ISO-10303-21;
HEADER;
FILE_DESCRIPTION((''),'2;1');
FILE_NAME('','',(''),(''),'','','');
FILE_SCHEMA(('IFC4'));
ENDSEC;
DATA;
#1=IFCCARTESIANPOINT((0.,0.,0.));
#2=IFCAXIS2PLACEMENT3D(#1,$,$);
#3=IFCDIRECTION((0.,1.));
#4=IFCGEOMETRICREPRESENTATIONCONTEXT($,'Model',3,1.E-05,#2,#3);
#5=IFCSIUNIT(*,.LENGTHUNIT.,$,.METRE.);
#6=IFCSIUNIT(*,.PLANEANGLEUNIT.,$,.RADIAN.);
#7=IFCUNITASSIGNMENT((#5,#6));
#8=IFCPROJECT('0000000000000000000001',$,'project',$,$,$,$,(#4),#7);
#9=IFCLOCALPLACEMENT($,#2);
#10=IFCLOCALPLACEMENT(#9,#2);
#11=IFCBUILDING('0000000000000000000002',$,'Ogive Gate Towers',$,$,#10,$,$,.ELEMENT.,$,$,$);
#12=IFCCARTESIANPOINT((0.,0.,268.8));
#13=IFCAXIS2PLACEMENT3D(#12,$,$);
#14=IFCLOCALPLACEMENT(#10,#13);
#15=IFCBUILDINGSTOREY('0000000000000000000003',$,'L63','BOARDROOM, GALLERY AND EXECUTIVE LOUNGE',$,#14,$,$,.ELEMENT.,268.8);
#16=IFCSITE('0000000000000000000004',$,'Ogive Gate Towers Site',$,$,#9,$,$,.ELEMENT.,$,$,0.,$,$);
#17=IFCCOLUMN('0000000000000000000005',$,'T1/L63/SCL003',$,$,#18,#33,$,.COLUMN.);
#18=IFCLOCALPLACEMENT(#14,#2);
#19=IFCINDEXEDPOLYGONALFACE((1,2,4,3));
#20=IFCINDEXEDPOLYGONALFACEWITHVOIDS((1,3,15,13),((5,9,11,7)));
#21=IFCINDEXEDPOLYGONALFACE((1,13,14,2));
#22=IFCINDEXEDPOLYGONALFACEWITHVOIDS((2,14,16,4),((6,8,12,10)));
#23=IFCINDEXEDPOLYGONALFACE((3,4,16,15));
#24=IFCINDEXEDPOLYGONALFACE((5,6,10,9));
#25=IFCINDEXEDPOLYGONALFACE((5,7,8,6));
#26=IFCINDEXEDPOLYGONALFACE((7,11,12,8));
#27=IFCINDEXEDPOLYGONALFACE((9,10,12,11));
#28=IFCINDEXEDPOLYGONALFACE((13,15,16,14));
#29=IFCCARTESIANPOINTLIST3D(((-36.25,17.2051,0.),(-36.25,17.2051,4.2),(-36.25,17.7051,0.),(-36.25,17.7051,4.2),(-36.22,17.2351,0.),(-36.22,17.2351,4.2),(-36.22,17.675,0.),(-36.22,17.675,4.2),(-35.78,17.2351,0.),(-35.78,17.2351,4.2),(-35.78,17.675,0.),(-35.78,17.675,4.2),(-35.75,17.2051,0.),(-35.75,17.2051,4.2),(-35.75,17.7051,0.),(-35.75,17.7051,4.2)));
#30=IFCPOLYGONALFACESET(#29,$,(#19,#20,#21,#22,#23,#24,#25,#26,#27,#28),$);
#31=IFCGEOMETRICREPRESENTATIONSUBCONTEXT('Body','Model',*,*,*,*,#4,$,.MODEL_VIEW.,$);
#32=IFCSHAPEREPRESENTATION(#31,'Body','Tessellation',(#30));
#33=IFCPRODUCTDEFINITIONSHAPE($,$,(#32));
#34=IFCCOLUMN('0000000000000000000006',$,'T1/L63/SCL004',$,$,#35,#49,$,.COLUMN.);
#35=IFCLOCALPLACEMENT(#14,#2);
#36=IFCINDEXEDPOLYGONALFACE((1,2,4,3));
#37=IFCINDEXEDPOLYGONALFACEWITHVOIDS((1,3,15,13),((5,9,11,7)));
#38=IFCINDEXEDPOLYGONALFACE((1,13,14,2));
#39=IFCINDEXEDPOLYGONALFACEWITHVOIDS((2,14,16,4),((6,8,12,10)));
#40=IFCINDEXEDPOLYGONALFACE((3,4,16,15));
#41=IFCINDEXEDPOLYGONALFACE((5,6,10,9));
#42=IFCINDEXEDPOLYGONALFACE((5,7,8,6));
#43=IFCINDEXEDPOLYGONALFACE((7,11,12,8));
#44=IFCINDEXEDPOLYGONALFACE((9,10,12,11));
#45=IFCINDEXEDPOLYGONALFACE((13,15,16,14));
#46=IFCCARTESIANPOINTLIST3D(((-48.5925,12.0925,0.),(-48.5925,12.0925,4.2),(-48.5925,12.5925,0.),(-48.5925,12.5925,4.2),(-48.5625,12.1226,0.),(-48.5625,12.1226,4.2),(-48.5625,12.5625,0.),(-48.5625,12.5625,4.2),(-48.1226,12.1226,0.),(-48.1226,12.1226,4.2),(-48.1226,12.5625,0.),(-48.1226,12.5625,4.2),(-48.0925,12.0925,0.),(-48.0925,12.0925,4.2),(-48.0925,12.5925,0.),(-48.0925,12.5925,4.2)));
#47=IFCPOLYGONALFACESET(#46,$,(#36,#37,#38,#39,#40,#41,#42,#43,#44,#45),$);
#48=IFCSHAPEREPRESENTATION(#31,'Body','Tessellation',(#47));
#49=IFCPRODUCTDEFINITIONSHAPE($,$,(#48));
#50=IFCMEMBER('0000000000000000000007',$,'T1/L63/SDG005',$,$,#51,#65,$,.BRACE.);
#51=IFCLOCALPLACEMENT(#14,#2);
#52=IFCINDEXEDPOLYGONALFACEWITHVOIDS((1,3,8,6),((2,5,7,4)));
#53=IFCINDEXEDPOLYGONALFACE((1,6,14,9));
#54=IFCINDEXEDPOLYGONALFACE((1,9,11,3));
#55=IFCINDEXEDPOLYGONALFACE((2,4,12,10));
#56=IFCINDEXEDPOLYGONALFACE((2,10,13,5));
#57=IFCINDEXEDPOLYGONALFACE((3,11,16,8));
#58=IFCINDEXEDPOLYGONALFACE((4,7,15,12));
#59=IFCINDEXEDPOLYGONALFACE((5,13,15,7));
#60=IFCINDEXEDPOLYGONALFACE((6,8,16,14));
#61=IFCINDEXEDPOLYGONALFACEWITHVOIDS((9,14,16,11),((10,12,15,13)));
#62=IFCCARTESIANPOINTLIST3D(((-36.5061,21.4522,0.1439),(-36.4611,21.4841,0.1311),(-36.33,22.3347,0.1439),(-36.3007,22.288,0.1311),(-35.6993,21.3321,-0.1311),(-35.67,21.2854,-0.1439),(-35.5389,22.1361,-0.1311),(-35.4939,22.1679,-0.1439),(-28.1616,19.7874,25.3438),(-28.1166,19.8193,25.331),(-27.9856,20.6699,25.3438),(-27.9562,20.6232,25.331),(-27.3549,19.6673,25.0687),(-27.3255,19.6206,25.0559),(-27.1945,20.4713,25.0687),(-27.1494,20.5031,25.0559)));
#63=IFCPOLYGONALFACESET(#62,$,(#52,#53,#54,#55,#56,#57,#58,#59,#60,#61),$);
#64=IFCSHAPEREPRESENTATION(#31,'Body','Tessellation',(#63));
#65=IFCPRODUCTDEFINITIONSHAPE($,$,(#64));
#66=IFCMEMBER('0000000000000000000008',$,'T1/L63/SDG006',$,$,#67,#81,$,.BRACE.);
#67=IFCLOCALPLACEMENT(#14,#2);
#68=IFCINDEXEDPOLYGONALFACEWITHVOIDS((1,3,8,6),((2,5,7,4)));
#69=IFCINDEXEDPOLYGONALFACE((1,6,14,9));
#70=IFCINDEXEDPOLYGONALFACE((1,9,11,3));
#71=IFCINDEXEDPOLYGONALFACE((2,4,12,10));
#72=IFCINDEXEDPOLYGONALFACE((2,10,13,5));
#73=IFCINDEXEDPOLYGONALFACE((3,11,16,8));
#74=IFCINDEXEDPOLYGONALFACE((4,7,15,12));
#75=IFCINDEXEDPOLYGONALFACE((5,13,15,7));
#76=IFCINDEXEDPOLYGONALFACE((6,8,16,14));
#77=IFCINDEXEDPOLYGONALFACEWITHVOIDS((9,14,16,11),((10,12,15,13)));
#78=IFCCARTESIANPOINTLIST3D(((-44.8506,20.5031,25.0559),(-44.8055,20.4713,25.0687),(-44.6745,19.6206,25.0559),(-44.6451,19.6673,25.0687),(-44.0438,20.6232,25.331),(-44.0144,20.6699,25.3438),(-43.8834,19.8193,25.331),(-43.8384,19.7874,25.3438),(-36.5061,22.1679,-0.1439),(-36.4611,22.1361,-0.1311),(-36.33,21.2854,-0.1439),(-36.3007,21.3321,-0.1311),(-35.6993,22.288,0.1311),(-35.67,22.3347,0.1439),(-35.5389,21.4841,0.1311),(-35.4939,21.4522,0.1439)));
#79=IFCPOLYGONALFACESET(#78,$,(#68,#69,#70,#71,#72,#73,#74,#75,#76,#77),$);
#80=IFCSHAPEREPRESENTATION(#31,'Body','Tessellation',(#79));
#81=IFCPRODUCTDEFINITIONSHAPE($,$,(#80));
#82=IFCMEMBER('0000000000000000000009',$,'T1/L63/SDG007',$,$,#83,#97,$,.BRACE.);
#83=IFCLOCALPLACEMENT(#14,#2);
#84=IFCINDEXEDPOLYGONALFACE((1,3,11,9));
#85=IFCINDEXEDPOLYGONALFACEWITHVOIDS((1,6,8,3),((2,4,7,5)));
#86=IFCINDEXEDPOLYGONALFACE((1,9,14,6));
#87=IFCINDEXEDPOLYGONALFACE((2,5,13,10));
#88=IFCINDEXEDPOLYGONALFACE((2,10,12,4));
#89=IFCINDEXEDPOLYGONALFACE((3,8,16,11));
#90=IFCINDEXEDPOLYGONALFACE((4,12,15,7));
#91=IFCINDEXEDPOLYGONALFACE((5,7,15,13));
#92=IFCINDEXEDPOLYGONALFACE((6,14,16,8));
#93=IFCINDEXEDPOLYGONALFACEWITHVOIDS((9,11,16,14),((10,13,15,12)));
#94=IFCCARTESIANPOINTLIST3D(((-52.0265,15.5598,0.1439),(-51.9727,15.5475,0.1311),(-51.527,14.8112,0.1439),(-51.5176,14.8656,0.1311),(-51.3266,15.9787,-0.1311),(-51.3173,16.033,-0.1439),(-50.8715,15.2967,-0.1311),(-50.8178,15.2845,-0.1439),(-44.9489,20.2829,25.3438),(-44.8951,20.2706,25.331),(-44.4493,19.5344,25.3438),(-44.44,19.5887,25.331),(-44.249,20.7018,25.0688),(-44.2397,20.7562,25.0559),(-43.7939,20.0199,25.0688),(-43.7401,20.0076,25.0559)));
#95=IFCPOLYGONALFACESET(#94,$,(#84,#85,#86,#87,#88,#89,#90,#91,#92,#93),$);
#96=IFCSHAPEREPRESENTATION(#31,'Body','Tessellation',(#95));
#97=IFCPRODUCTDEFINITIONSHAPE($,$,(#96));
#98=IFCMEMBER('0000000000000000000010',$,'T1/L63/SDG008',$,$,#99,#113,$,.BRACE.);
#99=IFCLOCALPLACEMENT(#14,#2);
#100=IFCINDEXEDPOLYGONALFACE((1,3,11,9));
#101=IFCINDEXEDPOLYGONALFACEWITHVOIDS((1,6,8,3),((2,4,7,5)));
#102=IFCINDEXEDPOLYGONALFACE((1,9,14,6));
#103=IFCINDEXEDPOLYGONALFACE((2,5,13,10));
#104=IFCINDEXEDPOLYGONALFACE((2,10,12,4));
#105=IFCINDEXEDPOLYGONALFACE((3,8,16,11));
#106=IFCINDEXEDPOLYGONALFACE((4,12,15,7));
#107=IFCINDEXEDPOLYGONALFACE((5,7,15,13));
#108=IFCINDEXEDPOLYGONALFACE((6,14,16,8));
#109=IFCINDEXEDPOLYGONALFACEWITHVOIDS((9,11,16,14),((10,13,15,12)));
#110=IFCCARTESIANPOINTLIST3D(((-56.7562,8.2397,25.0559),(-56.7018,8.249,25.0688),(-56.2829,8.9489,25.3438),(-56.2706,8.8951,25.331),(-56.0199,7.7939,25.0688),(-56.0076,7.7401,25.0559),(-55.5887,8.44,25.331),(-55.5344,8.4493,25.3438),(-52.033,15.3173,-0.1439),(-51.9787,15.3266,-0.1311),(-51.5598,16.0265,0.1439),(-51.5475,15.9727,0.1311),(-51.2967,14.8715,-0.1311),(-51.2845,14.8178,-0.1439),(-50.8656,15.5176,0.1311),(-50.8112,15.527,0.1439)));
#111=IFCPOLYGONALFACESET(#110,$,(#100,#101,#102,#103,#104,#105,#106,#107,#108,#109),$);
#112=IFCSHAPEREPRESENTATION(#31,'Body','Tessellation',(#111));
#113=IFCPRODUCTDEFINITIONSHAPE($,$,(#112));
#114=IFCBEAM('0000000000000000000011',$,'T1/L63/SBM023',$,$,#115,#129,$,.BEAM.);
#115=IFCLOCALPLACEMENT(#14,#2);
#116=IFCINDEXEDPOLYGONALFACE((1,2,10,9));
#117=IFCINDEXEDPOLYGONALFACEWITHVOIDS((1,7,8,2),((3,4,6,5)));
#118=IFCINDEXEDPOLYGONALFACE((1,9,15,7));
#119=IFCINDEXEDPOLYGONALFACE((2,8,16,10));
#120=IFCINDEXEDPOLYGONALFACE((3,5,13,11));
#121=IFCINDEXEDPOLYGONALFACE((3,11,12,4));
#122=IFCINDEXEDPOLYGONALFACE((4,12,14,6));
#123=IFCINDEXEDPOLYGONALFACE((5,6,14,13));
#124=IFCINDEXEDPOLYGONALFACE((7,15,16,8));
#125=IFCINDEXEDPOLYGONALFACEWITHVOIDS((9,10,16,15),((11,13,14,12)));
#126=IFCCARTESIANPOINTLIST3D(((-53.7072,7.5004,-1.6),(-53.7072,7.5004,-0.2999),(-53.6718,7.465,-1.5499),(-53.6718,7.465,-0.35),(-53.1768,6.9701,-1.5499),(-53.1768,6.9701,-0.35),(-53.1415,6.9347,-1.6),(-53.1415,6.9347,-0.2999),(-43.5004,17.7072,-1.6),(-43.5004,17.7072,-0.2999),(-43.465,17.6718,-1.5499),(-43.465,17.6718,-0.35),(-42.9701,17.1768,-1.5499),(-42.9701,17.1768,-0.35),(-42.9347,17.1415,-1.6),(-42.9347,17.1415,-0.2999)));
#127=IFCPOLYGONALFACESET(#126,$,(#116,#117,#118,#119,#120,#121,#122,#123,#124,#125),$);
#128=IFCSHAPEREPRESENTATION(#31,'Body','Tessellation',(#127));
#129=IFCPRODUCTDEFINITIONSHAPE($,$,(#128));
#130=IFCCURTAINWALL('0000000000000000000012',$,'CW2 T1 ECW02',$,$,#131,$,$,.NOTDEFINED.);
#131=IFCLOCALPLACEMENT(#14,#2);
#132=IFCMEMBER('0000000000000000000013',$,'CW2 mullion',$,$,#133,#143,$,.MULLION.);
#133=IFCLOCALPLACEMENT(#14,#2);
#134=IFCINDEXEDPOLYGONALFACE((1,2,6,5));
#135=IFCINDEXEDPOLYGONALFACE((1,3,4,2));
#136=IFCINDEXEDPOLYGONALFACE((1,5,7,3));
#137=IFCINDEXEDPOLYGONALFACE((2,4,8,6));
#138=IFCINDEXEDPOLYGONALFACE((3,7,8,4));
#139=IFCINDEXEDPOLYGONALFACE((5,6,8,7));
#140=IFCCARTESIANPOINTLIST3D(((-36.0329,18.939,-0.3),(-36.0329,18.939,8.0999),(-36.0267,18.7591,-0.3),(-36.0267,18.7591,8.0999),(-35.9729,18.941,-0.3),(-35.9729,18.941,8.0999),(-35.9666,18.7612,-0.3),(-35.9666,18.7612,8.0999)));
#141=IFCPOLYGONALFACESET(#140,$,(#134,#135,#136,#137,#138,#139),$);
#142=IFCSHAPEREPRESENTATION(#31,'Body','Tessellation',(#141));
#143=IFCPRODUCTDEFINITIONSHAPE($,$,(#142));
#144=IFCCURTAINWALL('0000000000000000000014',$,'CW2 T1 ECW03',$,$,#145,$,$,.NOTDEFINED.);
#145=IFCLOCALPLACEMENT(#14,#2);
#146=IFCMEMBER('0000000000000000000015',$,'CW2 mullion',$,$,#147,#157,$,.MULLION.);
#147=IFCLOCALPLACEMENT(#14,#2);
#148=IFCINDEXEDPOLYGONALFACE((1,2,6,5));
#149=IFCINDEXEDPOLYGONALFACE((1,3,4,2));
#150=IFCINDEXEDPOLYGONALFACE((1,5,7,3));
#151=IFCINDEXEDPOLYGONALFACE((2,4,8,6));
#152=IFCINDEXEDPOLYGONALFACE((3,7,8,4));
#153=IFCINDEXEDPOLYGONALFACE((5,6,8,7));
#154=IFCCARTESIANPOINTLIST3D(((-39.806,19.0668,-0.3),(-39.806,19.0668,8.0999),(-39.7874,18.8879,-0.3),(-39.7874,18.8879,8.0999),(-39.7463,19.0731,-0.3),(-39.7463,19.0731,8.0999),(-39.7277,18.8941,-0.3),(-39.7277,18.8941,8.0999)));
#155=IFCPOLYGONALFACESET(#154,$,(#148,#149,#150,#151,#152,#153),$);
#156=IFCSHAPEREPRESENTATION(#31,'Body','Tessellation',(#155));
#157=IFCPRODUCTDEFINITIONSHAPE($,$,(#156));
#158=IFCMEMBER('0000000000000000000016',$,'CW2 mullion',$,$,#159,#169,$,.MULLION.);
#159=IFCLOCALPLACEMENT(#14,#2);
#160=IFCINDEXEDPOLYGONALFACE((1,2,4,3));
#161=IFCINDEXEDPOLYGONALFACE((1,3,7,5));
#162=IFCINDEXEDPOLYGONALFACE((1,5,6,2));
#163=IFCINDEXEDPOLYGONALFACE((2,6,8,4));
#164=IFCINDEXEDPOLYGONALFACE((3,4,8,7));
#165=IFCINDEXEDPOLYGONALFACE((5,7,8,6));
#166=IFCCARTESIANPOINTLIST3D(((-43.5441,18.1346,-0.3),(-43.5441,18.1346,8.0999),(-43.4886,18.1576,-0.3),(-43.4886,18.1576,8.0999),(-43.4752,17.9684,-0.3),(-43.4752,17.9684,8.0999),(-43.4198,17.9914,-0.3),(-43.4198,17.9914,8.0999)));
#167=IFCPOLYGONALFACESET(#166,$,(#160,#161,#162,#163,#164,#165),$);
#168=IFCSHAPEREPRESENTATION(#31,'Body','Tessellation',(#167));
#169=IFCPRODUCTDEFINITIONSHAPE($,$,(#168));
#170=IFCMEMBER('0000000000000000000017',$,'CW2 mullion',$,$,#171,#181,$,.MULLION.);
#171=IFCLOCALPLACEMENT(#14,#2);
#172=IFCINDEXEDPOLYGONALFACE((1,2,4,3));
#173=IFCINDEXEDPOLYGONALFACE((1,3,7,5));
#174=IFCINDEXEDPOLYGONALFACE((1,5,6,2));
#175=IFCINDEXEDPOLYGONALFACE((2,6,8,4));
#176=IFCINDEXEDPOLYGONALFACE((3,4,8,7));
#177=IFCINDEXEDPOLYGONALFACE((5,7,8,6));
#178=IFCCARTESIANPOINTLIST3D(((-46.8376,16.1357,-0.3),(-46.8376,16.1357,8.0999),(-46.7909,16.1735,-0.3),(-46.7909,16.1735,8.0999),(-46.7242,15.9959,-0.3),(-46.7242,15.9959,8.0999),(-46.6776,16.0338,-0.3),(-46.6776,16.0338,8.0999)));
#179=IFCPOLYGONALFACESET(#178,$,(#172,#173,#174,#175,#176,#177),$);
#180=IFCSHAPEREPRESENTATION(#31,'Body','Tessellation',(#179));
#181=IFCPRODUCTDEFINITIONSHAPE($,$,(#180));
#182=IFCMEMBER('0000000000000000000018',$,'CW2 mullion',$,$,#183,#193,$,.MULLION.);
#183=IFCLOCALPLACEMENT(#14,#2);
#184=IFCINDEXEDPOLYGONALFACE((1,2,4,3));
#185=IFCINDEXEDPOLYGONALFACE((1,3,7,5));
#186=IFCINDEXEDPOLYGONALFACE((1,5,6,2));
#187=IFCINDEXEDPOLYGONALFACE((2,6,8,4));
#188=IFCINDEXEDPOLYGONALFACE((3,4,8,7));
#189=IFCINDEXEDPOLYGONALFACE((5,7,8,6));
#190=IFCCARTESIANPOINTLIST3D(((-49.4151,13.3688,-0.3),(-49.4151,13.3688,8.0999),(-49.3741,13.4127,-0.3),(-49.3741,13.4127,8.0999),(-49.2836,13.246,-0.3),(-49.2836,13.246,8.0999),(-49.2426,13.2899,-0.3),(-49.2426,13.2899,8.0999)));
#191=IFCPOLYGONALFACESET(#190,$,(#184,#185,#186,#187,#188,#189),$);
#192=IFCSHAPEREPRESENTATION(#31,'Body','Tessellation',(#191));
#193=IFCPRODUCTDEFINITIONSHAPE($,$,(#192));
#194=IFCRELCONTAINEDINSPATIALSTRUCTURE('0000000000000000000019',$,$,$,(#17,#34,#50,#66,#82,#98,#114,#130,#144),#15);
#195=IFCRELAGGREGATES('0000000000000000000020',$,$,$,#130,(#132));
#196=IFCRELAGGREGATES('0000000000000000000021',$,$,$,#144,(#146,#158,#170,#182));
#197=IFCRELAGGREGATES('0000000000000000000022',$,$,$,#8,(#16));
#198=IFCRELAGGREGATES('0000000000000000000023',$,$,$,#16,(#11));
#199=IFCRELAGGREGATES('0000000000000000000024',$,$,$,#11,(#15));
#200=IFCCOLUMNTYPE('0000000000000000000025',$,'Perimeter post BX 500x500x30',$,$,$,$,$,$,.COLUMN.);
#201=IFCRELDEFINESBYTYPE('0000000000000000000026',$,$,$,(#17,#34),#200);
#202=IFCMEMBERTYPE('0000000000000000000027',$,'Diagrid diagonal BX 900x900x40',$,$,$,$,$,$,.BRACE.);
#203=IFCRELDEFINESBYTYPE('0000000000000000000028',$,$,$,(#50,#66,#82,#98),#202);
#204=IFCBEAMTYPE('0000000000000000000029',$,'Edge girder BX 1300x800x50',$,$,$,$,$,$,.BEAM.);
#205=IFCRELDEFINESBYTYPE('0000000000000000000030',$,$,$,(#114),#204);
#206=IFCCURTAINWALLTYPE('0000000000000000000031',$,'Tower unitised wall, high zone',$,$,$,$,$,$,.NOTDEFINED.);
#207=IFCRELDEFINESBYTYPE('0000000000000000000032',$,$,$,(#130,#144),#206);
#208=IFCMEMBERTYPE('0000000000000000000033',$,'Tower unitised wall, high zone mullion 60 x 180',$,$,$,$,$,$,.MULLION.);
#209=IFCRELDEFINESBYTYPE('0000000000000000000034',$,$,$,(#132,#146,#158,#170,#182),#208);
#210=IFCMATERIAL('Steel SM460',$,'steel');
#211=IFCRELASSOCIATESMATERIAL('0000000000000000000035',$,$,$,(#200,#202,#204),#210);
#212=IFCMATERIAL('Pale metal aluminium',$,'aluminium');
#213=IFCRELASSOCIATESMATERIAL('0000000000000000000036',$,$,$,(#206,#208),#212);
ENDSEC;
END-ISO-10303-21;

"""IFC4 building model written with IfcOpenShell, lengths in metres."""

from ifc_helpers import new_model, si_unit, direction, frame, origin, origin_2d, place, context, subcontext, project, spatial, rectangle, hollow_rectangle, extrude, material, material_profile, profile_set, type_object, element, aggregate, save


model = new_model("IFC4")

# Units and contexts
model_context = context("Model", 3, precision=1e-05, world=origin(), true_north=direction((0.0, 1.0)))
body_context = subcontext(model_context, "Body", "Model", "MODEL_VIEW")
ifc_project = project(units=[si_unit("LENGTHUNIT", "METRE"), si_unit("PLANEANGLEUNIT", "RADIAN")], contexts=[model_context])

# Site, building, storey
site_placement = place(None, origin())
site = spatial("IfcSite", under=ifc_project, at=site_placement, Name="Ogive Gate Towers Site", CompositionType="ELEMENT", RefElevation=0.0)
building_placement = place(site_placement, origin())
building = spatial("IfcBuilding", under=site, at=building_placement, Name="Ogive Gate Towers", CompositionType="ELEMENT")
storey_placement = place(building_placement, frame((0.0, 0.0, 268.8)))
storey = spatial("IfcBuildingStorey", under=building, at=storey_placement, Name="L63", Description="BOARDROOM, GALLERY AND EXECUTIVE LOUNGE", CompositionType="ELEMENT", Elevation=268.8)

# Columns
ifc_material_1 = material(Name="Steel SM460", Category="steel")
ifc_material_profile_1 = material_profile(ifc_material_1, hollow_rectangle(XDim=0.5, YDim=0.5, WallThickness=0.03, at=origin_2d()), Name="BX 500x500x30")
ifc_profile_set_1 = profile_set([ifc_material_profile_1], Name="Steel SM460")
column_type = type_object("IfcColumnType", Name="Perimeter post BX 500x500x30", PredefinedType="COLUMN", material=ifc_profile_set_1)
for number, where, z_axis, x_axis, name in (
    (1, (-36.0, 17.4551, 0.0), (0.0, 0.0, 1.0), (1.0, 0.0, 0.0), "T1/L63/SCL003"),
    (2, (-48.3425, 12.3425, 0.0), (0.0, 0.0, 1.0), (1.0, 0.0, 0.0), "T1/L63/SCL004"),
):
    element("IfcColumn", number, at=place(storey_placement, frame(where, z_axis=z_axis, x_axis=x_axis)), inside=storey, type_object=column_type, Name=name, PredefinedType="COLUMN", context=body_context, shape_type="SweptSolid", body=[
        extrude(hollow_rectangle(XDim=0.5, YDim=0.5, WallThickness=0.03, at=origin_2d()), origin(), (0.0, 0.0, 1.0), 4.2),
    ])

# Members
ifc_material_profile_2 = material_profile(ifc_material_1, hollow_rectangle(XDim=0.8999, YDim=0.8999, WallThickness=0.04, at=origin_2d()), Name="BX 900x900x40")
ifc_profile_set_2 = profile_set([ifc_material_profile_2], Name="Steel SM460")
member_type_1 = type_object("IfcMemberType", Name="Diagrid diagonal BX 900x900x40", PredefinedType="BRACE", material=ifc_profile_set_2)
for number, where, z_axis, x_axis, name in (
    (3, (-36.0, 21.8101, 0.0), (0.313729, -0.062592, 0.947447), (0.195653, 0.980673, 0.0), "T1/L63/SDG005"),
    (4, (-36.0, 21.8101, 0.0), (-0.313729, -0.062592, 0.947447), (0.195653, -0.980673, 0.0), "T1/L63/SDG006"),
    (5, (-51.4221, 15.4221, 0.0), (0.266099, 0.177577, 0.947448), (-0.555084, 0.831794, 0.0), "T1/L63/SDG007"),
    (6, (-51.4221, 15.4221, 0.0), (-0.177577, -0.266099, 0.947448), (0.831794, -0.555084, 0.0), "T1/L63/SDG008"),
):
    element("IfcMember", number, at=place(storey_placement, frame(where, z_axis=z_axis, x_axis=x_axis)), inside=storey, type_object=member_type_1, Name=name, PredefinedType="BRACE", context=body_context, shape_type="SweptSolid", body=[
        extrude(hollow_rectangle(XDim=0.8999, YDim=0.8999, WallThickness=0.04, at=origin_2d()), origin(), (0.0, 0.0, 1.0), 26.5977),
    ])

# Beam
ifc_material_profile_3 = material_profile(ifc_material_1, hollow_rectangle(XDim=0.8, YDim=1.3, WallThickness=0.05, at=origin_2d()), Name="BX 1300x800x50")
ifc_profile_set_3 = profile_set([ifc_material_profile_3], Name="Steel SM460")
beam_type = type_object("IfcBeamType", Name="Edge girder BX 1300x800x50", PredefinedType="BEAM", material=ifc_profile_set_3)
beam_placement = place(storey_placement, frame((-43.2175, 17.4243, -0.95), z_axis=(-0.707107, -0.707107, 0.0), x_axis=(0.707107, -0.707107, 0.0)))
element("IfcBeam", 7, at=beam_placement, inside=storey, type_object=beam_type, Name="T1/L63/SBM023", PredefinedType="BEAM", context=body_context, shape_type="SweptSolid", body=[
    extrude(hollow_rectangle(XDim=0.8, YDim=1.3, WallThickness=0.05, at=origin_2d()), origin(), (0.0, 0.0, 1.0), 14.4346),
])

# Curtain wall, member
ifc_material_2 = material(Name="Pale metal aluminium", Category="aluminium")
curtain_wall_type = type_object("IfcCurtainWallType", Name="Tower unitised wall, high zone", PredefinedType="NOTDEFINED", material=ifc_material_2)
curtain_wall_1_placement = place(storey_placement, origin())
curtain_wall_1 = element("IfcCurtainWall", 8, at=curtain_wall_1_placement, inside=storey, type_object=curtain_wall_type, Name="CW2 T1 ECW02", PredefinedType="NOTDEFINED")
ifc_material_profile_4 = material_profile(ifc_material_2, rectangle(XDim=0.1799, YDim=0.0601, at=origin_2d()), Name="60 x 180 aluminium box")
ifc_profile_set_4 = profile_set([ifc_material_profile_4], Name="Pale metal aluminium")
member_type_2 = type_object("IfcMemberType", Name="Tower unitised wall, high zone mullion 60 x 180", PredefinedType="MULLION", material=ifc_profile_set_4)
member_1_placement = place(storey_placement, frame((-35.9998, 18.8501, -0.3), z_axis=(0.0, 0.0, 1.0), x_axis=(-0.034533, 0.999404, 0.0)))
member_1 = element("IfcMember", 9, at=member_1_placement, type_object=member_type_2, Name="CW2 mullion", PredefinedType="MULLION", context=body_context, shape_type="SweptSolid", body=[
    extrude(rectangle(XDim=0.1799, YDim=0.0601, at=origin_2d()), origin(), (0.0, 0.0, 1.0), 8.3999),
])
aggregate(curtain_wall_1, [member_1])

# Curtain wall, members
curtain_wall_2_placement = place(storey_placement, origin())
curtain_wall_2 = element("IfcCurtainWall", 10, at=curtain_wall_2_placement, inside=storey, type_object=curtain_wall_type, Name="CW2 T1 ECW03", PredefinedType="NOTDEFINED")
member_2_placement = place(storey_placement, frame((-39.7668, 18.9805, -0.3), z_axis=(0.0, 0.0, 1.0), x_axis=(-0.103608, 0.994618, 0.0)))
member_2 = element("IfcMember", 11, at=member_2_placement, type_object=member_type_2, Name="CW2 mullion", PredefinedType="MULLION", context=body_context, shape_type="SweptSolid", body=[
    extrude(rectangle(XDim=0.1799, YDim=0.0601, at=origin_2d()), origin(), (0.0, 0.0, 1.0), 8.3999),
])
member_3_placement = place(storey_placement, frame((-43.4819, 18.063, -0.3), z_axis=(0.0, 0.0, 1.0), x_axis=(-0.382683, 0.92388, 0.0)))
member_3 = element("IfcMember", 12, at=member_3_placement, type_object=member_type_2, Name="CW2 mullion", PredefinedType="MULLION", context=body_context, shape_type="SweptSolid", body=[
    extrude(rectangle(XDim=0.1799, YDim=0.0601, at=origin_2d()), origin(), (0.0, 0.0, 1.0), 8.3999),
])
member_4_placement = place(storey_placement, frame((-46.7576, 16.0847, -0.3), z_axis=(0.0, 0.0, 1.0), x_axis=(-0.630039, 0.776563, 0.0)))
member_4 = element("IfcMember", 13, at=member_4_placement, type_object=member_type_2, Name="CW2 mullion", PredefinedType="MULLION", context=body_context, shape_type="SweptSolid", body=[
    extrude(rectangle(XDim=0.1799, YDim=0.0601, at=origin_2d()), origin(), (0.0, 0.0, 1.0), 8.3999),
])
member_5_placement = place(storey_placement, frame((-49.3289, 13.3293, -0.3), z_axis=(0.0, 0.0, 1.0), x_axis=(-0.731116, 0.682254, 0.0)))
member_5 = element("IfcMember", 14, at=member_5_placement, type_object=member_type_2, Name="CW2 mullion", PredefinedType="MULLION", context=body_context, shape_type="SweptSolid", body=[
    extrude(rectangle(XDim=0.1799, YDim=0.0601, at=origin_2d()), origin(), (0.0, 0.0, 1.0), 8.3999),
])

aggregate(curtain_wall_2, [member_2, member_3, member_4, member_5])

save(model, "model.ifc")
